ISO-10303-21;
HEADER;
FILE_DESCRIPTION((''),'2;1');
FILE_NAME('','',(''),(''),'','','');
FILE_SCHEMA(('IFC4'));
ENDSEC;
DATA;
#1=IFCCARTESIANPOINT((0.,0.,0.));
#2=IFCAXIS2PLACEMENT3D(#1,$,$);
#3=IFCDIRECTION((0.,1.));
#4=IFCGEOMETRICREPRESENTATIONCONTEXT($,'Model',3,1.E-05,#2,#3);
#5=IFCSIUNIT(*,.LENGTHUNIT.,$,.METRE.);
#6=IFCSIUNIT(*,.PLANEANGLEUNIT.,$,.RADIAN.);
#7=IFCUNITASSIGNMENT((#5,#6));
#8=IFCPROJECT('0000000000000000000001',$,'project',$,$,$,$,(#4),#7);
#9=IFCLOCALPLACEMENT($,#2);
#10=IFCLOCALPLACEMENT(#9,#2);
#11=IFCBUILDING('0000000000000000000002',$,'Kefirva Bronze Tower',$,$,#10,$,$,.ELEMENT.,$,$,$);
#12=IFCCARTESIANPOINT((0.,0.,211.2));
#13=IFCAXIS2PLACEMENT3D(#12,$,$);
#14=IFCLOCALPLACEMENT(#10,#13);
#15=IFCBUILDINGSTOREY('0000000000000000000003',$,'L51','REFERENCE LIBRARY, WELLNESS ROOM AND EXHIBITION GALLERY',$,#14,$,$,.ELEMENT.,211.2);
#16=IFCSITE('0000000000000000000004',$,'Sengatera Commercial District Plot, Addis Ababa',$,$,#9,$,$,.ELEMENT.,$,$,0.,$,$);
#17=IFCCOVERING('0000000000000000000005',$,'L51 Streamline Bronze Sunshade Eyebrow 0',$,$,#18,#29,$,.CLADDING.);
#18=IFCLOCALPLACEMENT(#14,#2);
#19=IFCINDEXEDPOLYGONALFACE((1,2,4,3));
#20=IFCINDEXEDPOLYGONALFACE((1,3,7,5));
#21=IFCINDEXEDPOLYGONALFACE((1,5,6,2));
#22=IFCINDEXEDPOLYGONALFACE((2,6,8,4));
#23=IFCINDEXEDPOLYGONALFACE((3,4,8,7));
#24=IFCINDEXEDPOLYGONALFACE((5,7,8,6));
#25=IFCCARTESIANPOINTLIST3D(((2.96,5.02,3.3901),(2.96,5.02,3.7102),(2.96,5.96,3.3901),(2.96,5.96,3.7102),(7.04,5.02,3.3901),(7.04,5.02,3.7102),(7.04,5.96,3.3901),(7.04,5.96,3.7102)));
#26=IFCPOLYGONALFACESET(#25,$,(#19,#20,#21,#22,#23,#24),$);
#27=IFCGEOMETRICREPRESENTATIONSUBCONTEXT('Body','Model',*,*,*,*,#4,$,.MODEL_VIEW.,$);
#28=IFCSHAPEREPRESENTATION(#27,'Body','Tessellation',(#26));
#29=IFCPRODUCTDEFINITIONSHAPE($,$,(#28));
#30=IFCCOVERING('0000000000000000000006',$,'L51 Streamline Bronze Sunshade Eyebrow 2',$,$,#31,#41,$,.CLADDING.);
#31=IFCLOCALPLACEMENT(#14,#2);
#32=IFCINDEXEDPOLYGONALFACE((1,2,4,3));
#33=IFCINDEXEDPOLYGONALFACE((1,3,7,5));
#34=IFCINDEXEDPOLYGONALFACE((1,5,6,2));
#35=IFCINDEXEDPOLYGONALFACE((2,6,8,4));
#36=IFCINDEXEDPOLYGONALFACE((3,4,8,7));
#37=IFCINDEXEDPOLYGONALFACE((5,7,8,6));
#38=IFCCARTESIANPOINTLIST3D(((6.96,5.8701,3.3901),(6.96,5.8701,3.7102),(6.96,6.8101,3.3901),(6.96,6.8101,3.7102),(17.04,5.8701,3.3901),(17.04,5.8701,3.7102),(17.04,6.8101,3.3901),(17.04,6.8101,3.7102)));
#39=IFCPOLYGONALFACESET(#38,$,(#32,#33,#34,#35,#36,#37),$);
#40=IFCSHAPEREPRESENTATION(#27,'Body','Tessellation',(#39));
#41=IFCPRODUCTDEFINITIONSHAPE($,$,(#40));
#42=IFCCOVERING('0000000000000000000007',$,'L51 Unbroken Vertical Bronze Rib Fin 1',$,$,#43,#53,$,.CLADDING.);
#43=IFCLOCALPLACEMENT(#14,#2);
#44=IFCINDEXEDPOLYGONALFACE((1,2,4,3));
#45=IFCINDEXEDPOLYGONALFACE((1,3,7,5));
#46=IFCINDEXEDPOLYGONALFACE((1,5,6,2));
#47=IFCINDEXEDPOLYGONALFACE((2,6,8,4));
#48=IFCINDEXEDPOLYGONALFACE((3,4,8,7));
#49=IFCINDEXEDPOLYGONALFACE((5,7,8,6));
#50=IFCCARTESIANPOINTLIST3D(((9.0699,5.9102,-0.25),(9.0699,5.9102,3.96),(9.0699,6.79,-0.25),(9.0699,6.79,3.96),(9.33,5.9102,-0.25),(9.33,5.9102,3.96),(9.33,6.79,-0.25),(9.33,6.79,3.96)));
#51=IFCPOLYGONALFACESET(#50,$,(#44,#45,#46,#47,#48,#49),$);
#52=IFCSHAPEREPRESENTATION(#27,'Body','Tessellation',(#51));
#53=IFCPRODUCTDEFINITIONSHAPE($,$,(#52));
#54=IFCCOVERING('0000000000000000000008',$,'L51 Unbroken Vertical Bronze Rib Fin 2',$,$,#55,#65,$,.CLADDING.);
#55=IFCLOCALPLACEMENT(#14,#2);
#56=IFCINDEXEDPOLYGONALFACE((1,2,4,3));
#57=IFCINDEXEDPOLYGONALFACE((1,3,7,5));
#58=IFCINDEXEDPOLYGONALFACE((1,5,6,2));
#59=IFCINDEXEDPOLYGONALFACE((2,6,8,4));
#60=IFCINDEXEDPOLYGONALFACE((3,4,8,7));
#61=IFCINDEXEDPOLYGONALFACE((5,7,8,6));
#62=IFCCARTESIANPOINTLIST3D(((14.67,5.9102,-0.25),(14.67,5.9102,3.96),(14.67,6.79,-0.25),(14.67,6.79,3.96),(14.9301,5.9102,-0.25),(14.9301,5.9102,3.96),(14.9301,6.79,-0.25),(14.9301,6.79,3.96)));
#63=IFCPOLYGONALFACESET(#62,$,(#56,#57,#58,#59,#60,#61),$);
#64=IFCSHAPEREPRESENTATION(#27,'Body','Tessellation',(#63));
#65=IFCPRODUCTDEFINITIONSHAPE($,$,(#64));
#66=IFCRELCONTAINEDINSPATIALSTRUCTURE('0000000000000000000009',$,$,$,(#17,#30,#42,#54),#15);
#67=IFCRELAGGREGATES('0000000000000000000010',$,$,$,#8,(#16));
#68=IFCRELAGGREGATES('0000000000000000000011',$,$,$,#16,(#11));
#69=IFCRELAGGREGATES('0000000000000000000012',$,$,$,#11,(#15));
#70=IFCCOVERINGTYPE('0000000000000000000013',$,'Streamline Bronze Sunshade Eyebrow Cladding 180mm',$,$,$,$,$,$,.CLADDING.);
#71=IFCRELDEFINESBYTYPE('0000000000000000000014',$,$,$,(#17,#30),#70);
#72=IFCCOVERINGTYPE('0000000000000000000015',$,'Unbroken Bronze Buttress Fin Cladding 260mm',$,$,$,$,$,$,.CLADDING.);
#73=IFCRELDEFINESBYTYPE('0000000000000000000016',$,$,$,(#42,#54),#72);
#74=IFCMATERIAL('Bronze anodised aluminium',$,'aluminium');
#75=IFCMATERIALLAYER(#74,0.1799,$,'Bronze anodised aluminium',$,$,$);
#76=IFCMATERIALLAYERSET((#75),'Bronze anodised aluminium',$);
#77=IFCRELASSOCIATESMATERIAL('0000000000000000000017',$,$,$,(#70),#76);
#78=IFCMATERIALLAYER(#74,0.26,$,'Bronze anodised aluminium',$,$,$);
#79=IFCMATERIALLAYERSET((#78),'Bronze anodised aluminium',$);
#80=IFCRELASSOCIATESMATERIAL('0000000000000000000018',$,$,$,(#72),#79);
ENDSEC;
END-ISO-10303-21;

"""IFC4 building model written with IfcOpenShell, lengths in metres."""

from ifc_helpers import new_model, si_unit, direction, frame, origin, origin_2d, place, context, subcontext, project, spatial, rectangle, extrude, material, layer, layer_set, type_object, element, save


model = new_model("IFC4")

# Units and contexts
model_context = context("Model", 3, precision=1e-05, world=origin(), true_north=direction((0.0, 1.0)))
body_context = subcontext(model_context, "Body", "Model", "MODEL_VIEW")
ifc_project = project(units=[si_unit("LENGTHUNIT", "METRE"), si_unit("PLANEANGLEUNIT", "RADIAN")], contexts=[model_context])

# Site, building, storey
site_placement = place(None, origin())
site = spatial("IfcSite", under=ifc_project, at=site_placement, Name="Sengatera Commercial District Plot, Addis Ababa", CompositionType="ELEMENT", RefElevation=0.0)
building_placement = place(site_placement, origin())
building = spatial("IfcBuilding", under=site, at=building_placement, Name="Kefirva Bronze Tower", CompositionType="ELEMENT")
storey_placement = place(building_placement, frame((0.0, 0.0, 211.2)))
storey = spatial("IfcBuildingStorey", under=building, at=storey_placement, Name="L51", Description="REFERENCE LIBRARY, WELLNESS ROOM AND EXHIBITION GALLERY", CompositionType="ELEMENT", Elevation=211.2)

# Shared definitions
ifc_material_1 = material(Name="Bronze anodised aluminium", Category="aluminium")

# Coverings
ifc_layer_1 = layer(ifc_material_1, 0.1799, Name="Bronze anodised aluminium")
ifc_layer_set_1 = layer_set([ifc_layer_1], Name="Bronze anodised aluminium")
covering_type_1 = type_object("IfcCoveringType", Name="Streamline Bronze Sunshade Eyebrow Cladding 180mm", PredefinedType="CLADDING", material=ifc_layer_set_1)
covering_1_placement = place(storey_placement, frame((5.0, 5.49, 3.3901), z_axis=(0.0, 0.0, 1.0), x_axis=(1.0, 0.0, 0.0)))
element("IfcCovering", 1, at=covering_1_placement, inside=storey, type_object=covering_type_1, Name="L51 Streamline Bronze Sunshade Eyebrow 0", PredefinedType="CLADDING", context=body_context, shape_type="SweptSolid", body=[
    extrude(rectangle(XDim=4.0801, YDim=0.9399, at=origin_2d()), origin(), (0.0, 0.0, 1.0), 0.3201),
])
covering_2_placement = place(storey_placement, frame((12.0, 6.3401, 3.3901), z_axis=(0.0, 0.0, 1.0), x_axis=(1.0, 0.0, 0.0)))
element("IfcCovering", 2, at=covering_2_placement, inside=storey, type_object=covering_type_1, Name="L51 Streamline Bronze Sunshade Eyebrow 2", PredefinedType="CLADDING", context=body_context, shape_type="SweptSolid", body=[
    extrude(rectangle(XDim=10.0801, YDim=0.9399, at=origin_2d()), origin(), (0.0, 0.0, 1.0), 0.3201),
])
ifc_layer_2 = layer(ifc_material_1, 0.26, Name="Bronze anodised aluminium")
ifc_layer_set_2 = layer_set([ifc_layer_2], Name="Bronze anodised aluminium")
covering_type_2 = type_object("IfcCoveringType", Name="Unbroken Bronze Buttress Fin Cladding 260mm", PredefinedType="CLADDING", material=ifc_layer_set_2)
for number, where, z_axis, x_axis, name in (
    (3, (9.2, 6.3501, -0.25), (0.0, 0.0, 1.0), (1.0, 0.0, 0.0), "L51 Unbroken Vertical Bronze Rib Fin 1"),
    (4, (14.8, 6.3501, -0.25), (0.0, 0.0, 1.0), (1.0, 0.0, 0.0), "L51 Unbroken Vertical Bronze Rib Fin 2"),
):
    element("IfcCovering", number, at=place(storey_placement, frame(where, z_axis=z_axis, x_axis=x_axis)), inside=storey, type_object=covering_type_2, Name=name, PredefinedType="CLADDING", context=body_context, shape_type="SweptSolid", body=[
        extrude(rectangle(XDim=0.26, YDim=0.8799, at=origin_2d()), origin(), (0.0, 0.0, 1.0), 4.21),
    ])

save(model, "model.ifc")
